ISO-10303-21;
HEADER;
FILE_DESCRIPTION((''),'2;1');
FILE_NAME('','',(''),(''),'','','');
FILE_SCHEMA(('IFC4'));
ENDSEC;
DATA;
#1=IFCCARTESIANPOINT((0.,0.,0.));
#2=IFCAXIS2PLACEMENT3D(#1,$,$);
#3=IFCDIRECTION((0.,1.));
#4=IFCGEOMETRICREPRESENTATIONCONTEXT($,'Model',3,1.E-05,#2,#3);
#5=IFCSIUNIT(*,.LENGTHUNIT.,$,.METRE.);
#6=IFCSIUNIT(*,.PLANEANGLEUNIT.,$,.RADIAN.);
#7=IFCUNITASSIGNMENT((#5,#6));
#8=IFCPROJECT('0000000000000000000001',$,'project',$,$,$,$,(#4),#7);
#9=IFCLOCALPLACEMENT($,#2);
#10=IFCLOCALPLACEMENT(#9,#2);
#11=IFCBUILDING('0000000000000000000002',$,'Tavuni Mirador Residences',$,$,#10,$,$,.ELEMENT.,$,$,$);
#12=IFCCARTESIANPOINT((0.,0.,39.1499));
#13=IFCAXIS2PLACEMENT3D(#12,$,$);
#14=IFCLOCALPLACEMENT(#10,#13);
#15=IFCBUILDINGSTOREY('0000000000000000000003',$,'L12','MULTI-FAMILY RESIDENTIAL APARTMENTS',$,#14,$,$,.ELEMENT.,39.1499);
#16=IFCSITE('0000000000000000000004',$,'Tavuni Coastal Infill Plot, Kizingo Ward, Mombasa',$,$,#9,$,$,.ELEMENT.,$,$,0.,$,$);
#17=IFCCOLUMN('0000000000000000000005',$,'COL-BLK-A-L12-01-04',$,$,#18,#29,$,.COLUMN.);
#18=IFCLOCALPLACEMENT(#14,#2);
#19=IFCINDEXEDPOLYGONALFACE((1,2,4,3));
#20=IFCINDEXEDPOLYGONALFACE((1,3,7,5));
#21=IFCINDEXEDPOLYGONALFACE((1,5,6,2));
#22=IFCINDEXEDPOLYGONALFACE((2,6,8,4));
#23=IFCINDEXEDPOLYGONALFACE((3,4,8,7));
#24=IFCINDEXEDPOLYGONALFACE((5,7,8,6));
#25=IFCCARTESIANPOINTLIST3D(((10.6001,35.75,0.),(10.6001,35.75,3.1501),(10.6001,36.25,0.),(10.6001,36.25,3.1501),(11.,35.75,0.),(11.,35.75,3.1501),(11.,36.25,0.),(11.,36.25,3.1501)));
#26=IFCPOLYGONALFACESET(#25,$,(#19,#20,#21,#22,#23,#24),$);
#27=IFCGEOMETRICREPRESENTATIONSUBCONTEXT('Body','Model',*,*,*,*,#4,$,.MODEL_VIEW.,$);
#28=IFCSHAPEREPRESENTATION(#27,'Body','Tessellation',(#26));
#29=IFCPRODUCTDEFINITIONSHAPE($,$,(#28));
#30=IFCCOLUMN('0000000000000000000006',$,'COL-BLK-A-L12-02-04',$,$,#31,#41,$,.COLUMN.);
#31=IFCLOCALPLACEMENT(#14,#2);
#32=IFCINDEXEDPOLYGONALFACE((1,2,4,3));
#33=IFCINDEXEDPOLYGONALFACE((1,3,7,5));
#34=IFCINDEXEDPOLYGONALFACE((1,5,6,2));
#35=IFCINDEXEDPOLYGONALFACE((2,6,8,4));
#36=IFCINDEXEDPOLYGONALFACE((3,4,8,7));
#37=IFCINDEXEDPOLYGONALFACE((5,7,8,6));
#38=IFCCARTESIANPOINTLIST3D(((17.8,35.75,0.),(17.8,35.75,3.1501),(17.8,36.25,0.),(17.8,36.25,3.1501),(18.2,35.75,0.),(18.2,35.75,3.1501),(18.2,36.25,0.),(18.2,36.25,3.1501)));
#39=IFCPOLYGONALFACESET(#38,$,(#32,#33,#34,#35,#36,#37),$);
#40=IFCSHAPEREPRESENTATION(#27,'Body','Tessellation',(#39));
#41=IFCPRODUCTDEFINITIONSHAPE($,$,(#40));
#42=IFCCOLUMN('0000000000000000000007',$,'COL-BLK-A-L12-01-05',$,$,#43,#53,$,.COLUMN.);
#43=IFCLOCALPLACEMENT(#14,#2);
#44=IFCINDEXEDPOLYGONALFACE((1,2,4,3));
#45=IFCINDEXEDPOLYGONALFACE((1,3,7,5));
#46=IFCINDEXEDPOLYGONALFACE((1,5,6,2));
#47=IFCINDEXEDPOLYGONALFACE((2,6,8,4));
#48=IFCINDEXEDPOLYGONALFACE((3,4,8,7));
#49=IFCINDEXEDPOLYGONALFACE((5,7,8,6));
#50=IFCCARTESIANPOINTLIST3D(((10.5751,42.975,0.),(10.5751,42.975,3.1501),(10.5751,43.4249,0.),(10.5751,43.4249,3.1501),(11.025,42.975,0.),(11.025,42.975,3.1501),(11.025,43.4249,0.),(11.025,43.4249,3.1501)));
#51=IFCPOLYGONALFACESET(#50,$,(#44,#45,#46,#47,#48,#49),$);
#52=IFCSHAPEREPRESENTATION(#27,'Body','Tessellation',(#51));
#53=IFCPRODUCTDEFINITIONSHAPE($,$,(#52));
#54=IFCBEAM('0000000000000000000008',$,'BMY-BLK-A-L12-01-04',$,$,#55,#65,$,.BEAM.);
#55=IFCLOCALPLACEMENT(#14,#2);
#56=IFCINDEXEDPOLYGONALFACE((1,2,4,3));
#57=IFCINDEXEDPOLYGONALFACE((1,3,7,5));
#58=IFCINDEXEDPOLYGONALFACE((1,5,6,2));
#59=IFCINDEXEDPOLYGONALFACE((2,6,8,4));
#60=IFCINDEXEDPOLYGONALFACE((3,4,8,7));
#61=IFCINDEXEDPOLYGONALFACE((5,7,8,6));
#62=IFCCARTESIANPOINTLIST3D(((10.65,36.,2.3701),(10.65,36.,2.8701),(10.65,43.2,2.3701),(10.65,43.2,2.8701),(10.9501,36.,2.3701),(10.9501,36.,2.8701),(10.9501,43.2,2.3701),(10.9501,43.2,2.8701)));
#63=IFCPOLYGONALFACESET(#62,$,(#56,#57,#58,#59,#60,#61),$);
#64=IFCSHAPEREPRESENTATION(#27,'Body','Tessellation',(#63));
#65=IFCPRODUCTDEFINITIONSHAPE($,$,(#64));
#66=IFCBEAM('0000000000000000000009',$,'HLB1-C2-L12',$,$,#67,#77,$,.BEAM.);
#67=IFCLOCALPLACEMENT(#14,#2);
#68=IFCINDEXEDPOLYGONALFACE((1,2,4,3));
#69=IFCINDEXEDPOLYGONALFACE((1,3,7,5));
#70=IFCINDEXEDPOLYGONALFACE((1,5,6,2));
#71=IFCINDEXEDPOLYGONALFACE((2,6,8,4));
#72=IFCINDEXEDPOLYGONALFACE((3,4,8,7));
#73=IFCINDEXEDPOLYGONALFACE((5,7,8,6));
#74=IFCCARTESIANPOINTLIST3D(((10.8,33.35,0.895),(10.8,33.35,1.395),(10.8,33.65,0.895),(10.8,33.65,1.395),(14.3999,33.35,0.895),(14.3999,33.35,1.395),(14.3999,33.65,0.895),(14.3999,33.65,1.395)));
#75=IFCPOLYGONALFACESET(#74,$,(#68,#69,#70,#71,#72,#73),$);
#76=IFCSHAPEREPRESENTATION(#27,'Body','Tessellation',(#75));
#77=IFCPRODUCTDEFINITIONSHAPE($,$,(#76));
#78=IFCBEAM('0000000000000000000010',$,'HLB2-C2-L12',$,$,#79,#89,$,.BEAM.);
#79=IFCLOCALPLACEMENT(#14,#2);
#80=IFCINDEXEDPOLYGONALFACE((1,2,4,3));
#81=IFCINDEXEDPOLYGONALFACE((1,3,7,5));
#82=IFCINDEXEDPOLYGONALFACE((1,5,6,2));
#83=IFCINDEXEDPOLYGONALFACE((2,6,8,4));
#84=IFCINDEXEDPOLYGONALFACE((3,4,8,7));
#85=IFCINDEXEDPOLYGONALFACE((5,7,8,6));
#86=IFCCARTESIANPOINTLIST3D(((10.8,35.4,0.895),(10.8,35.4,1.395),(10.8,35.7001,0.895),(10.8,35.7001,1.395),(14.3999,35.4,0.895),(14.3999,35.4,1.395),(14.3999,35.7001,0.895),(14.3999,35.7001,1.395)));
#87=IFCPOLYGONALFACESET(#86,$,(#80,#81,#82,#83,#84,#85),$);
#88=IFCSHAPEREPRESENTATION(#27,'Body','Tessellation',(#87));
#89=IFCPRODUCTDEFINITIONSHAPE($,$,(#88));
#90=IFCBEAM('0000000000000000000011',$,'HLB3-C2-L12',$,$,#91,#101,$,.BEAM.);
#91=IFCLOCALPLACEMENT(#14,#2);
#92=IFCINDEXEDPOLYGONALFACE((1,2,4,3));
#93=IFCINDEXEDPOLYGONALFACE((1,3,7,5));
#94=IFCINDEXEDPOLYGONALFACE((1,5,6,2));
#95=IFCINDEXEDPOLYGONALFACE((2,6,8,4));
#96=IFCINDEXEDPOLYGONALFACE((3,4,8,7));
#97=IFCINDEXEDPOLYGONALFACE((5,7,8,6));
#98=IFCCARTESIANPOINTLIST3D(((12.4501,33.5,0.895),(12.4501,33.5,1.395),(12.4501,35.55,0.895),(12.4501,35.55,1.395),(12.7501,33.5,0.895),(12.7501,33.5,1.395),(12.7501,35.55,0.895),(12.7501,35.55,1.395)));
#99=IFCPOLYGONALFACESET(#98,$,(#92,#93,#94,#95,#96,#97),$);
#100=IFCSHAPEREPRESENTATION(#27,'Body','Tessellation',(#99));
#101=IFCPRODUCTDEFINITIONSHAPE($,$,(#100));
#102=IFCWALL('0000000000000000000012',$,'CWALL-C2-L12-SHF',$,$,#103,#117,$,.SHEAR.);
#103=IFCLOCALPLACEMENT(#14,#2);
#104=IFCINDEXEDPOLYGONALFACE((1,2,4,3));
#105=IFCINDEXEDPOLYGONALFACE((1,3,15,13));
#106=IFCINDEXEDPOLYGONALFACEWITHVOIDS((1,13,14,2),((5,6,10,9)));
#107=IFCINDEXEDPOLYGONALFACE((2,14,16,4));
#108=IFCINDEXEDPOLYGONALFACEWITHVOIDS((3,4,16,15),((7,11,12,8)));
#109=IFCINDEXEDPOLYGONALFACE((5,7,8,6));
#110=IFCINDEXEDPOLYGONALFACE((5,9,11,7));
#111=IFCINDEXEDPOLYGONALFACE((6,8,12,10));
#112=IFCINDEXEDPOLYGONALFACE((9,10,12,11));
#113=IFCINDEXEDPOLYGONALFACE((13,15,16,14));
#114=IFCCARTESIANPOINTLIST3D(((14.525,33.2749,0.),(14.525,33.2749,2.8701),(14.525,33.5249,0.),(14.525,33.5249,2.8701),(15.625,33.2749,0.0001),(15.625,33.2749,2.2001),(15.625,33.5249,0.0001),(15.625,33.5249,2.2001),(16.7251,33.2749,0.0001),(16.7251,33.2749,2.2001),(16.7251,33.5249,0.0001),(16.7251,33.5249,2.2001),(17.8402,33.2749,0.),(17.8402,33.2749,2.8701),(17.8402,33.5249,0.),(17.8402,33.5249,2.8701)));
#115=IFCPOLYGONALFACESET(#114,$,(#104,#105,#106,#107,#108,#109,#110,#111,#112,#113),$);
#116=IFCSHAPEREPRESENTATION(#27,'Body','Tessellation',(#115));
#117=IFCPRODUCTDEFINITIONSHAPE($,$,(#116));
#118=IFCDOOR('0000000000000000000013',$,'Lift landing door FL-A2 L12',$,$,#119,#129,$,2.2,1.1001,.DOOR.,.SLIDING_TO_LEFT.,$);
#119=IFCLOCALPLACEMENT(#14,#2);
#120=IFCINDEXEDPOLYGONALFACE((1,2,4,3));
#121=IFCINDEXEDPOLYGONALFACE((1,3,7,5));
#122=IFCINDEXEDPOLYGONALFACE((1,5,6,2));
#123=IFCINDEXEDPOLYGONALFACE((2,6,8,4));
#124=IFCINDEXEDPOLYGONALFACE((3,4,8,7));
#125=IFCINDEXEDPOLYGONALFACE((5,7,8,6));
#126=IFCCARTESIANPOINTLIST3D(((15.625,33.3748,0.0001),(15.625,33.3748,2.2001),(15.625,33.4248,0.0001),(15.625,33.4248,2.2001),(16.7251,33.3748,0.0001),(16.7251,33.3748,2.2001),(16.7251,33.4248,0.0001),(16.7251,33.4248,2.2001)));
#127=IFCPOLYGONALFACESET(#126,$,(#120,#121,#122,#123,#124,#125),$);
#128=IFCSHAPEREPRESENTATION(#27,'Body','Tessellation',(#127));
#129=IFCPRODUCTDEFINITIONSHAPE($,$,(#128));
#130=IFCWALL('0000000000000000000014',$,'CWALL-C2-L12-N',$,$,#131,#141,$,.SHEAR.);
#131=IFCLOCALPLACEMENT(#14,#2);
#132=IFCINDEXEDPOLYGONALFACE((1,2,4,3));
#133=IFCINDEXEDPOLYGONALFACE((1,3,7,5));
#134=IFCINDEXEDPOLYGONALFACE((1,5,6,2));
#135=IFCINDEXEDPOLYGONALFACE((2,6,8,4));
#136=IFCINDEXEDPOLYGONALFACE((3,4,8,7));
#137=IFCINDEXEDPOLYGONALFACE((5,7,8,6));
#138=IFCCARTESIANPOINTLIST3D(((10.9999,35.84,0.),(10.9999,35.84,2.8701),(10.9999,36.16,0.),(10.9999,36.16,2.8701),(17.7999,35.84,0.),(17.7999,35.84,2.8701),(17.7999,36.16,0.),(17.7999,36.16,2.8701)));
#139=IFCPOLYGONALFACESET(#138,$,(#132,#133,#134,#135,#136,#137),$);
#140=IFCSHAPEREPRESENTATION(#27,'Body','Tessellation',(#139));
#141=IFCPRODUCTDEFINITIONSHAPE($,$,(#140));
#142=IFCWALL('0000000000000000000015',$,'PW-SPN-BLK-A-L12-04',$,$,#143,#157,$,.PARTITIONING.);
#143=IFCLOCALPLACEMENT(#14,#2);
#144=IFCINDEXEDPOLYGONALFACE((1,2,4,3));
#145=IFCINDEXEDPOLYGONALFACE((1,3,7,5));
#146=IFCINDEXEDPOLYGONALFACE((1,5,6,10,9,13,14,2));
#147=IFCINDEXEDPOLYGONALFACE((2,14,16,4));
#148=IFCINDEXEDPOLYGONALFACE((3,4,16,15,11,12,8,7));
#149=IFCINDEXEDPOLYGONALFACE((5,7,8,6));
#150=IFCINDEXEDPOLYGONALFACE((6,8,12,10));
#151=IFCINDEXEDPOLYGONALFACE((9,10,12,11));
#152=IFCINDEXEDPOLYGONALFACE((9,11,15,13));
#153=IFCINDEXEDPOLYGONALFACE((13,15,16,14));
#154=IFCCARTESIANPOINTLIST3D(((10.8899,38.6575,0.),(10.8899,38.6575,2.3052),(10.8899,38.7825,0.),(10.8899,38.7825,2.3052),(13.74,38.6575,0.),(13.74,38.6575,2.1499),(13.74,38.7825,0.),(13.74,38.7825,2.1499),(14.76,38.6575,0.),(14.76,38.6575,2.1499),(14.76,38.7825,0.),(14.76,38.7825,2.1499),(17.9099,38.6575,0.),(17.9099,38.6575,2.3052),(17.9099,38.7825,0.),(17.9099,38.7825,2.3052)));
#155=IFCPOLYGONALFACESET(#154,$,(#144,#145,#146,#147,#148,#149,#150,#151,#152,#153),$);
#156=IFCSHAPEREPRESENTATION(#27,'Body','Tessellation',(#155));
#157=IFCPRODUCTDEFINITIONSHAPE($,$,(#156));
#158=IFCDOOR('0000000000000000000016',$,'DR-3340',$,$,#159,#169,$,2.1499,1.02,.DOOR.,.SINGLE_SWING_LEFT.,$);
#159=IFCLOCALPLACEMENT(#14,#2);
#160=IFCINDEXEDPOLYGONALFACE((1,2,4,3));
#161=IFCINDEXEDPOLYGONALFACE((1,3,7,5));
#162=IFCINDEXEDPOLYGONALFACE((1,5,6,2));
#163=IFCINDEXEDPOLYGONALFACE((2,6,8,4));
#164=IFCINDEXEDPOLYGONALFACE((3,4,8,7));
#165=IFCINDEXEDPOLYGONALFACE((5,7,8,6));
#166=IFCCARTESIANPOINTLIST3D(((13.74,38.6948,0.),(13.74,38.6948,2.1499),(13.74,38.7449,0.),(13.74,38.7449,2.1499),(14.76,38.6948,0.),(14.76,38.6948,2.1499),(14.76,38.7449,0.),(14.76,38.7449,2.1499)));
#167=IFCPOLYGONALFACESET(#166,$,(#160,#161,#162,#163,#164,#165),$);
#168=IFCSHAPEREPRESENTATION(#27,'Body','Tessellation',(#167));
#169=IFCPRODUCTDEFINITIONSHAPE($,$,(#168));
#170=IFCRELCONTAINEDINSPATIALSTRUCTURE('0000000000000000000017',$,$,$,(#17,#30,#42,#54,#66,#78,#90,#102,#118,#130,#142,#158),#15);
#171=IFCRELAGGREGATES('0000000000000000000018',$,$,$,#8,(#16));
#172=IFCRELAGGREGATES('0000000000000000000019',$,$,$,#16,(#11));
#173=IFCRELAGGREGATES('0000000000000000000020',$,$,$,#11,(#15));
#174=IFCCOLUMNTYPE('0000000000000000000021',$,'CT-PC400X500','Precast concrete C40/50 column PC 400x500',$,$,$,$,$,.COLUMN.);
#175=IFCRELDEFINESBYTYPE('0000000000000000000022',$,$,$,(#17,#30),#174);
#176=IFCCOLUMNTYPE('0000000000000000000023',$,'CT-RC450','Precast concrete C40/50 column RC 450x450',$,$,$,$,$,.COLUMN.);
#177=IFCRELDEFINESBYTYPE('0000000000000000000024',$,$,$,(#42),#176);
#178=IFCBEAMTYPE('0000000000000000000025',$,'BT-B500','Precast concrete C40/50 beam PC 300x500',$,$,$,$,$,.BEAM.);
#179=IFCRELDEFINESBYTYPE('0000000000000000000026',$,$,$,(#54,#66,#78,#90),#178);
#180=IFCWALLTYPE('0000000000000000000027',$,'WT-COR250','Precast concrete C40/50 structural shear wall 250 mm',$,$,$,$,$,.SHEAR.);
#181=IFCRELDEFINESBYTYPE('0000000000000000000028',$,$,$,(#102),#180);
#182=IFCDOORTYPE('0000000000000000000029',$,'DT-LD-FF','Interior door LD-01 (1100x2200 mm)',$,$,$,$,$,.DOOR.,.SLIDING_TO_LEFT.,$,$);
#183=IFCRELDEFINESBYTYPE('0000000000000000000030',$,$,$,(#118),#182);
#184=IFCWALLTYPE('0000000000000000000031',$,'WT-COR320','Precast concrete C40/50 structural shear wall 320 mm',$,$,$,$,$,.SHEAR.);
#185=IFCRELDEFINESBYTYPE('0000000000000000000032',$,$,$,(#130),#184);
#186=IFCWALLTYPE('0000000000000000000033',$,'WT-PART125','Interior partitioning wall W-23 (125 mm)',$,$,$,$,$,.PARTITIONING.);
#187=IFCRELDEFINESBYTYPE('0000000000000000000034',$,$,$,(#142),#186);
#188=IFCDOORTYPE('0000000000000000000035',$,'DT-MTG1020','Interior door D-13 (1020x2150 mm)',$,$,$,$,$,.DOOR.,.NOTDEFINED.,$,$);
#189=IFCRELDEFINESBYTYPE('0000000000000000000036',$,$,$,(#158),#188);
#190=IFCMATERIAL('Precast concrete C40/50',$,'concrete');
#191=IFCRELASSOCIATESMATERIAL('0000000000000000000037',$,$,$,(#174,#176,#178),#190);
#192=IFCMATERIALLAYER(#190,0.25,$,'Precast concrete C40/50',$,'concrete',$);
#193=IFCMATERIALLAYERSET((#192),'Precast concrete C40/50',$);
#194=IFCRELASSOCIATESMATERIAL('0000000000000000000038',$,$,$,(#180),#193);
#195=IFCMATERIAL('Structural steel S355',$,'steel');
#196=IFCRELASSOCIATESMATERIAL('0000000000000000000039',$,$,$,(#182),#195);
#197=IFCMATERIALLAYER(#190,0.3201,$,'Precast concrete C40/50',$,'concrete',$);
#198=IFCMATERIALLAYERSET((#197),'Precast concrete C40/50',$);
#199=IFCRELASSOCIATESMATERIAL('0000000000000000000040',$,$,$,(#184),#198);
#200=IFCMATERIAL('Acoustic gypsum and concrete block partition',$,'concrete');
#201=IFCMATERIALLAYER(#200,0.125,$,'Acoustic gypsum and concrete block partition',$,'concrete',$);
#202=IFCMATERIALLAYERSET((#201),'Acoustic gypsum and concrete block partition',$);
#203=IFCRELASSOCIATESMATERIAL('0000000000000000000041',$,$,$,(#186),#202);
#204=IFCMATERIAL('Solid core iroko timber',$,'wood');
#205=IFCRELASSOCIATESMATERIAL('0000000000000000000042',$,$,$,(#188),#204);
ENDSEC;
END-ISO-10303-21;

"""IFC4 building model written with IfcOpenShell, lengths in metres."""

from ifc_helpers import new_model, si_unit, direction, frame, frame_2d, origin, origin_2d, place, context, subcontext, project, spatial, rectangle, extrude, material, layer, layer_set, material_profile, profile_set, type_object, element, fill, save


model = new_model("IFC4")

# Units and contexts
model_context = context("Model", 3, precision=1e-05, world=origin(), true_north=direction((0.0, 1.0)))
body_context = subcontext(model_context, "Body", "Model", "MODEL_VIEW")
ifc_project = project(units=[si_unit("LENGTHUNIT", "METRE"), si_unit("PLANEANGLEUNIT", "RADIAN")], contexts=[model_context])

# Site, building, storey
site_placement = place(None, origin())
site = spatial("IfcSite", under=ifc_project, at=site_placement, Name="Tavuni Coastal Infill Plot, Kizingo Ward, Mombasa", CompositionType="ELEMENT", RefElevation=0.0)
building_placement = place(site_placement, origin())
building = spatial("IfcBuilding", under=site, at=building_placement, Name="Tavuni Mirador Residences", CompositionType="ELEMENT")
storey_placement = place(building_placement, frame((0.0, 0.0, 39.1499)))
storey = spatial("IfcBuildingStorey", under=building, at=storey_placement, Name="L12", Description="MULTI-FAMILY RESIDENTIAL APARTMENTS", CompositionType="ELEMENT", Elevation=39.1499)

# Columns
ifc_material_1 = material(Name="Precast concrete C40/50", Category="concrete")
ifc_material_profile_1 = material_profile(ifc_material_1, rectangle(XDim=0.3999, YDim=0.5, at=origin_2d()), Name="PC 400x500", Category="concrete")
ifc_profile_set_1 = profile_set([ifc_material_profile_1], Name="Precast concrete C40/50")
column_type_1 = type_object("IfcColumnType", Name="CT-PC400X500", Description="Precast concrete C40/50 column PC 400x500", PredefinedType="COLUMN", material=ifc_profile_set_1)
for number, where, z_axis, x_axis, name in (
    (1, (10.8, 36.0, 0.0), (0.0, 0.0, 1.0), (1.0, 0.0, 0.0), "COL-BLK-A-L12-01-04"),
    (2, (18.0, 36.0, 0.0), (0.0, 0.0, 1.0), (1.0, 0.0, 0.0), "COL-BLK-A-L12-02-04"),
):
    element("IfcColumn", number, at=place(storey_placement, frame(where, z_axis=z_axis, x_axis=x_axis)), inside=storey, type_object=column_type_1, Name=name, PredefinedType="COLUMN", context=body_context, shape_type="SweptSolid", body=[
        extrude(rectangle(XDim=0.3999, YDim=0.5, at=origin_2d()), origin(), (0.0, 0.0, 1.0), 3.1501),
    ])
ifc_material_profile_2 = material_profile(ifc_material_1, rectangle(XDim=0.45, YDim=0.45, at=origin_2d()), Name="RC 450x450", Category="concrete")
ifc_profile_set_2 = profile_set([ifc_material_profile_2], Name="Precast concrete C40/50")
column_type_2 = type_object("IfcColumnType", Name="CT-RC450", Description="Precast concrete C40/50 column RC 450x450", PredefinedType="COLUMN", material=ifc_profile_set_2)
column_placement = place(storey_placement, frame((10.8, 43.2, 0.0), z_axis=(0.0, 0.0, 1.0), x_axis=(1.0, 0.0, 0.0)))
element("IfcColumn", 3, at=column_placement, inside=storey, type_object=column_type_2, Name="COL-BLK-A-L12-01-05", PredefinedType="COLUMN", context=body_context, shape_type="SweptSolid", body=[
    extrude(rectangle(XDim=0.45, YDim=0.45, at=origin_2d()), origin(), (0.0, 0.0, 1.0), 3.1501),
])

# Beams
ifc_material_profile_3 = material_profile(ifc_material_1, rectangle(XDim=0.3, YDim=0.5, at=origin_2d()), Name="PC 300x500", Category="concrete")
ifc_profile_set_3 = profile_set([ifc_material_profile_3], Name="Precast concrete C40/50")
beam_type = type_object("IfcBeamType", Name="BT-B500", Description="Precast concrete C40/50 beam PC 300x500", PredefinedType="BEAM", material=ifc_profile_set_3)
beam_1_placement = place(storey_placement, frame((10.8, 36.0, 2.6201), z_axis=(0.0, 1.0, 0.0), x_axis=(-1.0, 0.0, 0.0)))
element("IfcBeam", 4, at=beam_1_placement, inside=storey, type_object=beam_type, Name="BMY-BLK-A-L12-01-04", PredefinedType="BEAM", context=body_context, shape_type="SweptSolid", body=[
    extrude(rectangle(XDim=0.3, YDim=0.5, at=origin_2d()), origin(), (0.0, 0.0, 1.0), 7.2),
])
for number, where, z_axis, x_axis, name in (
    (5, (10.8, 33.5, 1.145), (1.0, 0.0, 0.0), (0.0, 1.0, 0.0), "HLB1-C2-L12"),
    (6, (10.8, 35.55, 1.145), (1.0, 0.0, 0.0), (0.0, 1.0, 0.0), "HLB2-C2-L12"),
):
    element("IfcBeam", number, at=place(storey_placement, frame(where, z_axis=z_axis, x_axis=x_axis)), inside=storey, type_object=beam_type, Name=name, PredefinedType="BEAM", context=body_context, shape_type="SweptSolid", body=[
        extrude(rectangle(XDim=0.3, YDim=0.5, at=origin_2d()), origin(), (0.0, 0.0, 1.0), 3.5999),
    ])
beam_2_placement = place(storey_placement, frame((12.6001, 33.5, 1.145), z_axis=(0.0, 1.0, 0.0), x_axis=(-1.0, 0.0, 0.0)))
element("IfcBeam", 7, at=beam_2_placement, inside=storey, type_object=beam_type, Name="HLB3-C2-L12", PredefinedType="BEAM", context=body_context, shape_type="SweptSolid", body=[
    extrude(rectangle(XDim=0.3, YDim=0.5, at=origin_2d()), origin(), (0.0, 0.0, 1.0), 2.05),
])

# Wall, opening, door
ifc_layer_1 = layer(ifc_material_1, 0.25, Name="Precast concrete C40/50", Category="concrete")
ifc_layer_set_1 = layer_set([ifc_layer_1], Name="Precast concrete C40/50")
wall_type_1 = type_object("IfcWallType", Name="WT-COR250", Description="Precast concrete C40/50 structural shear wall 250 mm", PredefinedType="SHEAR", material=ifc_layer_set_1)
wall_1_placement = place(storey_placement, frame((14.5249, 33.3999, 0.0), z_axis=(0.0, 0.0, 1.0), x_axis=(1.0, 0.0, 0.0)))
wall_1 = element("IfcWall", 8, at=wall_1_placement, inside=storey, type_object=wall_type_1, Name="CWALL-C2-L12-SHF", PredefinedType="SHEAR", context=body_context, shape_type="SweptSolid", body=[
    extrude(rectangle(XDim=3.3152, YDim=0.25, at=frame_2d((1.6577, 0.0))), origin(), (0.0, 0.0, 1.0), 2.8701),
])
opening_1_placement = place(wall_1_placement, frame((1.1001, 0.0, 0.0)))
opening_1 = element("IfcOpeningElement", 9, at=opening_1_placement, cuts=wall_1, PredefinedType="OPENING", context=body_context, shape_type="SweptSolid", body=[
    extrude(rectangle(XDim=1.1001, YDim=2.2, at=frame_2d((0.55, 1.1001))), frame((0.0, 0.135, 0.0), z_axis=(0.0, -1.0, 0.0), x_axis=(1.0, 0.0, 0.0)), (0.0, 0.0, 1.0), 0.27),
])
ifc_material_2 = material(Name="Structural steel S355", Category="steel")
door_type_1 = type_object("IfcDoorType", Name="DT-LD-FF", Description="Interior door LD-01 (1100x2200 mm)", OperationType="SLIDING_TO_LEFT", PredefinedType="DOOR", material=ifc_material_2)
door_1_placement = place(opening_1_placement, origin())
door_1 = element("IfcDoor", 10, at=door_1_placement, inside=storey, type_object=door_type_1, Name="Lift landing door FL-A2 L12", OperationType="SLIDING_TO_LEFT", OverallHeight=2.2, OverallWidth=1.1001, PredefinedType="DOOR", context=body_context, shape_type="SweptSolid", body=[
    extrude(rectangle(XDim=1.1001, YDim=2.2, at=frame_2d((0.55, 1.1001))), frame((0.0, 0.0249, 0.0), z_axis=(0.0, -1.0, 0.0), x_axis=(1.0, 0.0, 0.0)), (0.0, 0.0, 1.0), 0.05),
])
fill(opening_1, door_1)

# Wall
ifc_layer_2 = layer(ifc_material_1, 0.3201, Name="Precast concrete C40/50", Category="concrete")
ifc_layer_set_2 = layer_set([ifc_layer_2], Name="Precast concrete C40/50")
wall_type_2 = type_object("IfcWallType", Name="WT-COR320", Description="Precast concrete C40/50 structural shear wall 320 mm", PredefinedType="SHEAR", material=ifc_layer_set_2)
wall_2_placement = place(storey_placement, frame((11.0, 36.0, 0.0), z_axis=(0.0, 0.0, 1.0), x_axis=(1.0, 0.0, 0.0)))
element("IfcWall", 11, at=wall_2_placement, inside=storey, type_object=wall_type_2, Name="CWALL-C2-L12-N", PredefinedType="SHEAR", context=body_context, shape_type="SweptSolid", body=[
    extrude(rectangle(XDim=6.8, YDim=0.3201, at=frame_2d((3.3999, 0.0))), origin(), (0.0, 0.0, 1.0), 2.8701),
])

# Wall, opening, door
ifc_material_3 = material(Name="Solid core iroko timber", Category="wood")
ifc_material_4 = material(Name="Acoustic gypsum and concrete block partition", Category="concrete")
ifc_layer_3 = layer(ifc_material_4, 0.125, Name="Acoustic gypsum and concrete block partition", Category="concrete")
ifc_layer_set_3 = layer_set([ifc_layer_3], Name="Acoustic gypsum and concrete block partition")
wall_type_3 = type_object("IfcWallType", Name="WT-PART125", Description="Interior partitioning wall W-23 (125 mm)", PredefinedType="PARTITIONING", material=ifc_layer_set_3)
wall_3_placement = place(storey_placement, frame((10.8899, 38.72, 0.0), z_axis=(0.0, 0.0, 1.0), x_axis=(1.0, 0.0, 0.0)))
wall_3 = element("IfcWall", 12, at=wall_3_placement, inside=storey, type_object=wall_type_3, Name="PW-SPN-BLK-A-L12-04", PredefinedType="PARTITIONING", context=body_context, shape_type="SweptSolid", body=[
    extrude(rectangle(XDim=7.02, YDim=0.125, at=frame_2d((3.51, 0.0))), origin(), (0.0, 0.0, 1.0), 2.3052),
])
opening_2_placement = place(wall_3_placement, frame((2.8501, 0.0, 0.0)))
opening_2 = element("IfcOpeningElement", 13, at=opening_2_placement, cuts=wall_3, PredefinedType="OPENING", context=body_context, shape_type="SweptSolid", body=[
    extrude(rectangle(XDim=1.02, YDim=2.1499, at=frame_2d((0.51, 1.075))), frame((0.0, 0.0725, 0.0), z_axis=(0.0, -1.0, 0.0), x_axis=(1.0, 0.0, 0.0)), (0.0, 0.0, 1.0), 0.145),
])
door_type_2 = type_object("IfcDoorType", Name="DT-MTG1020", Description="Interior door D-13 (1020x2150 mm)", OperationType="NOTDEFINED", PredefinedType="DOOR", material=ifc_material_3)
door_2_placement = place(opening_2_placement, origin())
door_2 = element("IfcDoor", 14, at=door_2_placement, inside=storey, type_object=door_type_2, Name="DR-3340", OperationType="SINGLE_SWING_LEFT", OverallHeight=2.1499, OverallWidth=1.02, PredefinedType="DOOR", context=body_context, shape_type="SweptSolid", body=[
    extrude(rectangle(XDim=1.02, YDim=2.1499, at=frame_2d((0.51, 1.075))), frame((0.0, 0.0249, 0.0), z_axis=(0.0, -1.0, 0.0), x_axis=(1.0, 0.0, 0.0)), (0.0, 0.0, 1.0), 0.05),
])
fill(opening_2, door_2)

save(model, "model.ifc")
